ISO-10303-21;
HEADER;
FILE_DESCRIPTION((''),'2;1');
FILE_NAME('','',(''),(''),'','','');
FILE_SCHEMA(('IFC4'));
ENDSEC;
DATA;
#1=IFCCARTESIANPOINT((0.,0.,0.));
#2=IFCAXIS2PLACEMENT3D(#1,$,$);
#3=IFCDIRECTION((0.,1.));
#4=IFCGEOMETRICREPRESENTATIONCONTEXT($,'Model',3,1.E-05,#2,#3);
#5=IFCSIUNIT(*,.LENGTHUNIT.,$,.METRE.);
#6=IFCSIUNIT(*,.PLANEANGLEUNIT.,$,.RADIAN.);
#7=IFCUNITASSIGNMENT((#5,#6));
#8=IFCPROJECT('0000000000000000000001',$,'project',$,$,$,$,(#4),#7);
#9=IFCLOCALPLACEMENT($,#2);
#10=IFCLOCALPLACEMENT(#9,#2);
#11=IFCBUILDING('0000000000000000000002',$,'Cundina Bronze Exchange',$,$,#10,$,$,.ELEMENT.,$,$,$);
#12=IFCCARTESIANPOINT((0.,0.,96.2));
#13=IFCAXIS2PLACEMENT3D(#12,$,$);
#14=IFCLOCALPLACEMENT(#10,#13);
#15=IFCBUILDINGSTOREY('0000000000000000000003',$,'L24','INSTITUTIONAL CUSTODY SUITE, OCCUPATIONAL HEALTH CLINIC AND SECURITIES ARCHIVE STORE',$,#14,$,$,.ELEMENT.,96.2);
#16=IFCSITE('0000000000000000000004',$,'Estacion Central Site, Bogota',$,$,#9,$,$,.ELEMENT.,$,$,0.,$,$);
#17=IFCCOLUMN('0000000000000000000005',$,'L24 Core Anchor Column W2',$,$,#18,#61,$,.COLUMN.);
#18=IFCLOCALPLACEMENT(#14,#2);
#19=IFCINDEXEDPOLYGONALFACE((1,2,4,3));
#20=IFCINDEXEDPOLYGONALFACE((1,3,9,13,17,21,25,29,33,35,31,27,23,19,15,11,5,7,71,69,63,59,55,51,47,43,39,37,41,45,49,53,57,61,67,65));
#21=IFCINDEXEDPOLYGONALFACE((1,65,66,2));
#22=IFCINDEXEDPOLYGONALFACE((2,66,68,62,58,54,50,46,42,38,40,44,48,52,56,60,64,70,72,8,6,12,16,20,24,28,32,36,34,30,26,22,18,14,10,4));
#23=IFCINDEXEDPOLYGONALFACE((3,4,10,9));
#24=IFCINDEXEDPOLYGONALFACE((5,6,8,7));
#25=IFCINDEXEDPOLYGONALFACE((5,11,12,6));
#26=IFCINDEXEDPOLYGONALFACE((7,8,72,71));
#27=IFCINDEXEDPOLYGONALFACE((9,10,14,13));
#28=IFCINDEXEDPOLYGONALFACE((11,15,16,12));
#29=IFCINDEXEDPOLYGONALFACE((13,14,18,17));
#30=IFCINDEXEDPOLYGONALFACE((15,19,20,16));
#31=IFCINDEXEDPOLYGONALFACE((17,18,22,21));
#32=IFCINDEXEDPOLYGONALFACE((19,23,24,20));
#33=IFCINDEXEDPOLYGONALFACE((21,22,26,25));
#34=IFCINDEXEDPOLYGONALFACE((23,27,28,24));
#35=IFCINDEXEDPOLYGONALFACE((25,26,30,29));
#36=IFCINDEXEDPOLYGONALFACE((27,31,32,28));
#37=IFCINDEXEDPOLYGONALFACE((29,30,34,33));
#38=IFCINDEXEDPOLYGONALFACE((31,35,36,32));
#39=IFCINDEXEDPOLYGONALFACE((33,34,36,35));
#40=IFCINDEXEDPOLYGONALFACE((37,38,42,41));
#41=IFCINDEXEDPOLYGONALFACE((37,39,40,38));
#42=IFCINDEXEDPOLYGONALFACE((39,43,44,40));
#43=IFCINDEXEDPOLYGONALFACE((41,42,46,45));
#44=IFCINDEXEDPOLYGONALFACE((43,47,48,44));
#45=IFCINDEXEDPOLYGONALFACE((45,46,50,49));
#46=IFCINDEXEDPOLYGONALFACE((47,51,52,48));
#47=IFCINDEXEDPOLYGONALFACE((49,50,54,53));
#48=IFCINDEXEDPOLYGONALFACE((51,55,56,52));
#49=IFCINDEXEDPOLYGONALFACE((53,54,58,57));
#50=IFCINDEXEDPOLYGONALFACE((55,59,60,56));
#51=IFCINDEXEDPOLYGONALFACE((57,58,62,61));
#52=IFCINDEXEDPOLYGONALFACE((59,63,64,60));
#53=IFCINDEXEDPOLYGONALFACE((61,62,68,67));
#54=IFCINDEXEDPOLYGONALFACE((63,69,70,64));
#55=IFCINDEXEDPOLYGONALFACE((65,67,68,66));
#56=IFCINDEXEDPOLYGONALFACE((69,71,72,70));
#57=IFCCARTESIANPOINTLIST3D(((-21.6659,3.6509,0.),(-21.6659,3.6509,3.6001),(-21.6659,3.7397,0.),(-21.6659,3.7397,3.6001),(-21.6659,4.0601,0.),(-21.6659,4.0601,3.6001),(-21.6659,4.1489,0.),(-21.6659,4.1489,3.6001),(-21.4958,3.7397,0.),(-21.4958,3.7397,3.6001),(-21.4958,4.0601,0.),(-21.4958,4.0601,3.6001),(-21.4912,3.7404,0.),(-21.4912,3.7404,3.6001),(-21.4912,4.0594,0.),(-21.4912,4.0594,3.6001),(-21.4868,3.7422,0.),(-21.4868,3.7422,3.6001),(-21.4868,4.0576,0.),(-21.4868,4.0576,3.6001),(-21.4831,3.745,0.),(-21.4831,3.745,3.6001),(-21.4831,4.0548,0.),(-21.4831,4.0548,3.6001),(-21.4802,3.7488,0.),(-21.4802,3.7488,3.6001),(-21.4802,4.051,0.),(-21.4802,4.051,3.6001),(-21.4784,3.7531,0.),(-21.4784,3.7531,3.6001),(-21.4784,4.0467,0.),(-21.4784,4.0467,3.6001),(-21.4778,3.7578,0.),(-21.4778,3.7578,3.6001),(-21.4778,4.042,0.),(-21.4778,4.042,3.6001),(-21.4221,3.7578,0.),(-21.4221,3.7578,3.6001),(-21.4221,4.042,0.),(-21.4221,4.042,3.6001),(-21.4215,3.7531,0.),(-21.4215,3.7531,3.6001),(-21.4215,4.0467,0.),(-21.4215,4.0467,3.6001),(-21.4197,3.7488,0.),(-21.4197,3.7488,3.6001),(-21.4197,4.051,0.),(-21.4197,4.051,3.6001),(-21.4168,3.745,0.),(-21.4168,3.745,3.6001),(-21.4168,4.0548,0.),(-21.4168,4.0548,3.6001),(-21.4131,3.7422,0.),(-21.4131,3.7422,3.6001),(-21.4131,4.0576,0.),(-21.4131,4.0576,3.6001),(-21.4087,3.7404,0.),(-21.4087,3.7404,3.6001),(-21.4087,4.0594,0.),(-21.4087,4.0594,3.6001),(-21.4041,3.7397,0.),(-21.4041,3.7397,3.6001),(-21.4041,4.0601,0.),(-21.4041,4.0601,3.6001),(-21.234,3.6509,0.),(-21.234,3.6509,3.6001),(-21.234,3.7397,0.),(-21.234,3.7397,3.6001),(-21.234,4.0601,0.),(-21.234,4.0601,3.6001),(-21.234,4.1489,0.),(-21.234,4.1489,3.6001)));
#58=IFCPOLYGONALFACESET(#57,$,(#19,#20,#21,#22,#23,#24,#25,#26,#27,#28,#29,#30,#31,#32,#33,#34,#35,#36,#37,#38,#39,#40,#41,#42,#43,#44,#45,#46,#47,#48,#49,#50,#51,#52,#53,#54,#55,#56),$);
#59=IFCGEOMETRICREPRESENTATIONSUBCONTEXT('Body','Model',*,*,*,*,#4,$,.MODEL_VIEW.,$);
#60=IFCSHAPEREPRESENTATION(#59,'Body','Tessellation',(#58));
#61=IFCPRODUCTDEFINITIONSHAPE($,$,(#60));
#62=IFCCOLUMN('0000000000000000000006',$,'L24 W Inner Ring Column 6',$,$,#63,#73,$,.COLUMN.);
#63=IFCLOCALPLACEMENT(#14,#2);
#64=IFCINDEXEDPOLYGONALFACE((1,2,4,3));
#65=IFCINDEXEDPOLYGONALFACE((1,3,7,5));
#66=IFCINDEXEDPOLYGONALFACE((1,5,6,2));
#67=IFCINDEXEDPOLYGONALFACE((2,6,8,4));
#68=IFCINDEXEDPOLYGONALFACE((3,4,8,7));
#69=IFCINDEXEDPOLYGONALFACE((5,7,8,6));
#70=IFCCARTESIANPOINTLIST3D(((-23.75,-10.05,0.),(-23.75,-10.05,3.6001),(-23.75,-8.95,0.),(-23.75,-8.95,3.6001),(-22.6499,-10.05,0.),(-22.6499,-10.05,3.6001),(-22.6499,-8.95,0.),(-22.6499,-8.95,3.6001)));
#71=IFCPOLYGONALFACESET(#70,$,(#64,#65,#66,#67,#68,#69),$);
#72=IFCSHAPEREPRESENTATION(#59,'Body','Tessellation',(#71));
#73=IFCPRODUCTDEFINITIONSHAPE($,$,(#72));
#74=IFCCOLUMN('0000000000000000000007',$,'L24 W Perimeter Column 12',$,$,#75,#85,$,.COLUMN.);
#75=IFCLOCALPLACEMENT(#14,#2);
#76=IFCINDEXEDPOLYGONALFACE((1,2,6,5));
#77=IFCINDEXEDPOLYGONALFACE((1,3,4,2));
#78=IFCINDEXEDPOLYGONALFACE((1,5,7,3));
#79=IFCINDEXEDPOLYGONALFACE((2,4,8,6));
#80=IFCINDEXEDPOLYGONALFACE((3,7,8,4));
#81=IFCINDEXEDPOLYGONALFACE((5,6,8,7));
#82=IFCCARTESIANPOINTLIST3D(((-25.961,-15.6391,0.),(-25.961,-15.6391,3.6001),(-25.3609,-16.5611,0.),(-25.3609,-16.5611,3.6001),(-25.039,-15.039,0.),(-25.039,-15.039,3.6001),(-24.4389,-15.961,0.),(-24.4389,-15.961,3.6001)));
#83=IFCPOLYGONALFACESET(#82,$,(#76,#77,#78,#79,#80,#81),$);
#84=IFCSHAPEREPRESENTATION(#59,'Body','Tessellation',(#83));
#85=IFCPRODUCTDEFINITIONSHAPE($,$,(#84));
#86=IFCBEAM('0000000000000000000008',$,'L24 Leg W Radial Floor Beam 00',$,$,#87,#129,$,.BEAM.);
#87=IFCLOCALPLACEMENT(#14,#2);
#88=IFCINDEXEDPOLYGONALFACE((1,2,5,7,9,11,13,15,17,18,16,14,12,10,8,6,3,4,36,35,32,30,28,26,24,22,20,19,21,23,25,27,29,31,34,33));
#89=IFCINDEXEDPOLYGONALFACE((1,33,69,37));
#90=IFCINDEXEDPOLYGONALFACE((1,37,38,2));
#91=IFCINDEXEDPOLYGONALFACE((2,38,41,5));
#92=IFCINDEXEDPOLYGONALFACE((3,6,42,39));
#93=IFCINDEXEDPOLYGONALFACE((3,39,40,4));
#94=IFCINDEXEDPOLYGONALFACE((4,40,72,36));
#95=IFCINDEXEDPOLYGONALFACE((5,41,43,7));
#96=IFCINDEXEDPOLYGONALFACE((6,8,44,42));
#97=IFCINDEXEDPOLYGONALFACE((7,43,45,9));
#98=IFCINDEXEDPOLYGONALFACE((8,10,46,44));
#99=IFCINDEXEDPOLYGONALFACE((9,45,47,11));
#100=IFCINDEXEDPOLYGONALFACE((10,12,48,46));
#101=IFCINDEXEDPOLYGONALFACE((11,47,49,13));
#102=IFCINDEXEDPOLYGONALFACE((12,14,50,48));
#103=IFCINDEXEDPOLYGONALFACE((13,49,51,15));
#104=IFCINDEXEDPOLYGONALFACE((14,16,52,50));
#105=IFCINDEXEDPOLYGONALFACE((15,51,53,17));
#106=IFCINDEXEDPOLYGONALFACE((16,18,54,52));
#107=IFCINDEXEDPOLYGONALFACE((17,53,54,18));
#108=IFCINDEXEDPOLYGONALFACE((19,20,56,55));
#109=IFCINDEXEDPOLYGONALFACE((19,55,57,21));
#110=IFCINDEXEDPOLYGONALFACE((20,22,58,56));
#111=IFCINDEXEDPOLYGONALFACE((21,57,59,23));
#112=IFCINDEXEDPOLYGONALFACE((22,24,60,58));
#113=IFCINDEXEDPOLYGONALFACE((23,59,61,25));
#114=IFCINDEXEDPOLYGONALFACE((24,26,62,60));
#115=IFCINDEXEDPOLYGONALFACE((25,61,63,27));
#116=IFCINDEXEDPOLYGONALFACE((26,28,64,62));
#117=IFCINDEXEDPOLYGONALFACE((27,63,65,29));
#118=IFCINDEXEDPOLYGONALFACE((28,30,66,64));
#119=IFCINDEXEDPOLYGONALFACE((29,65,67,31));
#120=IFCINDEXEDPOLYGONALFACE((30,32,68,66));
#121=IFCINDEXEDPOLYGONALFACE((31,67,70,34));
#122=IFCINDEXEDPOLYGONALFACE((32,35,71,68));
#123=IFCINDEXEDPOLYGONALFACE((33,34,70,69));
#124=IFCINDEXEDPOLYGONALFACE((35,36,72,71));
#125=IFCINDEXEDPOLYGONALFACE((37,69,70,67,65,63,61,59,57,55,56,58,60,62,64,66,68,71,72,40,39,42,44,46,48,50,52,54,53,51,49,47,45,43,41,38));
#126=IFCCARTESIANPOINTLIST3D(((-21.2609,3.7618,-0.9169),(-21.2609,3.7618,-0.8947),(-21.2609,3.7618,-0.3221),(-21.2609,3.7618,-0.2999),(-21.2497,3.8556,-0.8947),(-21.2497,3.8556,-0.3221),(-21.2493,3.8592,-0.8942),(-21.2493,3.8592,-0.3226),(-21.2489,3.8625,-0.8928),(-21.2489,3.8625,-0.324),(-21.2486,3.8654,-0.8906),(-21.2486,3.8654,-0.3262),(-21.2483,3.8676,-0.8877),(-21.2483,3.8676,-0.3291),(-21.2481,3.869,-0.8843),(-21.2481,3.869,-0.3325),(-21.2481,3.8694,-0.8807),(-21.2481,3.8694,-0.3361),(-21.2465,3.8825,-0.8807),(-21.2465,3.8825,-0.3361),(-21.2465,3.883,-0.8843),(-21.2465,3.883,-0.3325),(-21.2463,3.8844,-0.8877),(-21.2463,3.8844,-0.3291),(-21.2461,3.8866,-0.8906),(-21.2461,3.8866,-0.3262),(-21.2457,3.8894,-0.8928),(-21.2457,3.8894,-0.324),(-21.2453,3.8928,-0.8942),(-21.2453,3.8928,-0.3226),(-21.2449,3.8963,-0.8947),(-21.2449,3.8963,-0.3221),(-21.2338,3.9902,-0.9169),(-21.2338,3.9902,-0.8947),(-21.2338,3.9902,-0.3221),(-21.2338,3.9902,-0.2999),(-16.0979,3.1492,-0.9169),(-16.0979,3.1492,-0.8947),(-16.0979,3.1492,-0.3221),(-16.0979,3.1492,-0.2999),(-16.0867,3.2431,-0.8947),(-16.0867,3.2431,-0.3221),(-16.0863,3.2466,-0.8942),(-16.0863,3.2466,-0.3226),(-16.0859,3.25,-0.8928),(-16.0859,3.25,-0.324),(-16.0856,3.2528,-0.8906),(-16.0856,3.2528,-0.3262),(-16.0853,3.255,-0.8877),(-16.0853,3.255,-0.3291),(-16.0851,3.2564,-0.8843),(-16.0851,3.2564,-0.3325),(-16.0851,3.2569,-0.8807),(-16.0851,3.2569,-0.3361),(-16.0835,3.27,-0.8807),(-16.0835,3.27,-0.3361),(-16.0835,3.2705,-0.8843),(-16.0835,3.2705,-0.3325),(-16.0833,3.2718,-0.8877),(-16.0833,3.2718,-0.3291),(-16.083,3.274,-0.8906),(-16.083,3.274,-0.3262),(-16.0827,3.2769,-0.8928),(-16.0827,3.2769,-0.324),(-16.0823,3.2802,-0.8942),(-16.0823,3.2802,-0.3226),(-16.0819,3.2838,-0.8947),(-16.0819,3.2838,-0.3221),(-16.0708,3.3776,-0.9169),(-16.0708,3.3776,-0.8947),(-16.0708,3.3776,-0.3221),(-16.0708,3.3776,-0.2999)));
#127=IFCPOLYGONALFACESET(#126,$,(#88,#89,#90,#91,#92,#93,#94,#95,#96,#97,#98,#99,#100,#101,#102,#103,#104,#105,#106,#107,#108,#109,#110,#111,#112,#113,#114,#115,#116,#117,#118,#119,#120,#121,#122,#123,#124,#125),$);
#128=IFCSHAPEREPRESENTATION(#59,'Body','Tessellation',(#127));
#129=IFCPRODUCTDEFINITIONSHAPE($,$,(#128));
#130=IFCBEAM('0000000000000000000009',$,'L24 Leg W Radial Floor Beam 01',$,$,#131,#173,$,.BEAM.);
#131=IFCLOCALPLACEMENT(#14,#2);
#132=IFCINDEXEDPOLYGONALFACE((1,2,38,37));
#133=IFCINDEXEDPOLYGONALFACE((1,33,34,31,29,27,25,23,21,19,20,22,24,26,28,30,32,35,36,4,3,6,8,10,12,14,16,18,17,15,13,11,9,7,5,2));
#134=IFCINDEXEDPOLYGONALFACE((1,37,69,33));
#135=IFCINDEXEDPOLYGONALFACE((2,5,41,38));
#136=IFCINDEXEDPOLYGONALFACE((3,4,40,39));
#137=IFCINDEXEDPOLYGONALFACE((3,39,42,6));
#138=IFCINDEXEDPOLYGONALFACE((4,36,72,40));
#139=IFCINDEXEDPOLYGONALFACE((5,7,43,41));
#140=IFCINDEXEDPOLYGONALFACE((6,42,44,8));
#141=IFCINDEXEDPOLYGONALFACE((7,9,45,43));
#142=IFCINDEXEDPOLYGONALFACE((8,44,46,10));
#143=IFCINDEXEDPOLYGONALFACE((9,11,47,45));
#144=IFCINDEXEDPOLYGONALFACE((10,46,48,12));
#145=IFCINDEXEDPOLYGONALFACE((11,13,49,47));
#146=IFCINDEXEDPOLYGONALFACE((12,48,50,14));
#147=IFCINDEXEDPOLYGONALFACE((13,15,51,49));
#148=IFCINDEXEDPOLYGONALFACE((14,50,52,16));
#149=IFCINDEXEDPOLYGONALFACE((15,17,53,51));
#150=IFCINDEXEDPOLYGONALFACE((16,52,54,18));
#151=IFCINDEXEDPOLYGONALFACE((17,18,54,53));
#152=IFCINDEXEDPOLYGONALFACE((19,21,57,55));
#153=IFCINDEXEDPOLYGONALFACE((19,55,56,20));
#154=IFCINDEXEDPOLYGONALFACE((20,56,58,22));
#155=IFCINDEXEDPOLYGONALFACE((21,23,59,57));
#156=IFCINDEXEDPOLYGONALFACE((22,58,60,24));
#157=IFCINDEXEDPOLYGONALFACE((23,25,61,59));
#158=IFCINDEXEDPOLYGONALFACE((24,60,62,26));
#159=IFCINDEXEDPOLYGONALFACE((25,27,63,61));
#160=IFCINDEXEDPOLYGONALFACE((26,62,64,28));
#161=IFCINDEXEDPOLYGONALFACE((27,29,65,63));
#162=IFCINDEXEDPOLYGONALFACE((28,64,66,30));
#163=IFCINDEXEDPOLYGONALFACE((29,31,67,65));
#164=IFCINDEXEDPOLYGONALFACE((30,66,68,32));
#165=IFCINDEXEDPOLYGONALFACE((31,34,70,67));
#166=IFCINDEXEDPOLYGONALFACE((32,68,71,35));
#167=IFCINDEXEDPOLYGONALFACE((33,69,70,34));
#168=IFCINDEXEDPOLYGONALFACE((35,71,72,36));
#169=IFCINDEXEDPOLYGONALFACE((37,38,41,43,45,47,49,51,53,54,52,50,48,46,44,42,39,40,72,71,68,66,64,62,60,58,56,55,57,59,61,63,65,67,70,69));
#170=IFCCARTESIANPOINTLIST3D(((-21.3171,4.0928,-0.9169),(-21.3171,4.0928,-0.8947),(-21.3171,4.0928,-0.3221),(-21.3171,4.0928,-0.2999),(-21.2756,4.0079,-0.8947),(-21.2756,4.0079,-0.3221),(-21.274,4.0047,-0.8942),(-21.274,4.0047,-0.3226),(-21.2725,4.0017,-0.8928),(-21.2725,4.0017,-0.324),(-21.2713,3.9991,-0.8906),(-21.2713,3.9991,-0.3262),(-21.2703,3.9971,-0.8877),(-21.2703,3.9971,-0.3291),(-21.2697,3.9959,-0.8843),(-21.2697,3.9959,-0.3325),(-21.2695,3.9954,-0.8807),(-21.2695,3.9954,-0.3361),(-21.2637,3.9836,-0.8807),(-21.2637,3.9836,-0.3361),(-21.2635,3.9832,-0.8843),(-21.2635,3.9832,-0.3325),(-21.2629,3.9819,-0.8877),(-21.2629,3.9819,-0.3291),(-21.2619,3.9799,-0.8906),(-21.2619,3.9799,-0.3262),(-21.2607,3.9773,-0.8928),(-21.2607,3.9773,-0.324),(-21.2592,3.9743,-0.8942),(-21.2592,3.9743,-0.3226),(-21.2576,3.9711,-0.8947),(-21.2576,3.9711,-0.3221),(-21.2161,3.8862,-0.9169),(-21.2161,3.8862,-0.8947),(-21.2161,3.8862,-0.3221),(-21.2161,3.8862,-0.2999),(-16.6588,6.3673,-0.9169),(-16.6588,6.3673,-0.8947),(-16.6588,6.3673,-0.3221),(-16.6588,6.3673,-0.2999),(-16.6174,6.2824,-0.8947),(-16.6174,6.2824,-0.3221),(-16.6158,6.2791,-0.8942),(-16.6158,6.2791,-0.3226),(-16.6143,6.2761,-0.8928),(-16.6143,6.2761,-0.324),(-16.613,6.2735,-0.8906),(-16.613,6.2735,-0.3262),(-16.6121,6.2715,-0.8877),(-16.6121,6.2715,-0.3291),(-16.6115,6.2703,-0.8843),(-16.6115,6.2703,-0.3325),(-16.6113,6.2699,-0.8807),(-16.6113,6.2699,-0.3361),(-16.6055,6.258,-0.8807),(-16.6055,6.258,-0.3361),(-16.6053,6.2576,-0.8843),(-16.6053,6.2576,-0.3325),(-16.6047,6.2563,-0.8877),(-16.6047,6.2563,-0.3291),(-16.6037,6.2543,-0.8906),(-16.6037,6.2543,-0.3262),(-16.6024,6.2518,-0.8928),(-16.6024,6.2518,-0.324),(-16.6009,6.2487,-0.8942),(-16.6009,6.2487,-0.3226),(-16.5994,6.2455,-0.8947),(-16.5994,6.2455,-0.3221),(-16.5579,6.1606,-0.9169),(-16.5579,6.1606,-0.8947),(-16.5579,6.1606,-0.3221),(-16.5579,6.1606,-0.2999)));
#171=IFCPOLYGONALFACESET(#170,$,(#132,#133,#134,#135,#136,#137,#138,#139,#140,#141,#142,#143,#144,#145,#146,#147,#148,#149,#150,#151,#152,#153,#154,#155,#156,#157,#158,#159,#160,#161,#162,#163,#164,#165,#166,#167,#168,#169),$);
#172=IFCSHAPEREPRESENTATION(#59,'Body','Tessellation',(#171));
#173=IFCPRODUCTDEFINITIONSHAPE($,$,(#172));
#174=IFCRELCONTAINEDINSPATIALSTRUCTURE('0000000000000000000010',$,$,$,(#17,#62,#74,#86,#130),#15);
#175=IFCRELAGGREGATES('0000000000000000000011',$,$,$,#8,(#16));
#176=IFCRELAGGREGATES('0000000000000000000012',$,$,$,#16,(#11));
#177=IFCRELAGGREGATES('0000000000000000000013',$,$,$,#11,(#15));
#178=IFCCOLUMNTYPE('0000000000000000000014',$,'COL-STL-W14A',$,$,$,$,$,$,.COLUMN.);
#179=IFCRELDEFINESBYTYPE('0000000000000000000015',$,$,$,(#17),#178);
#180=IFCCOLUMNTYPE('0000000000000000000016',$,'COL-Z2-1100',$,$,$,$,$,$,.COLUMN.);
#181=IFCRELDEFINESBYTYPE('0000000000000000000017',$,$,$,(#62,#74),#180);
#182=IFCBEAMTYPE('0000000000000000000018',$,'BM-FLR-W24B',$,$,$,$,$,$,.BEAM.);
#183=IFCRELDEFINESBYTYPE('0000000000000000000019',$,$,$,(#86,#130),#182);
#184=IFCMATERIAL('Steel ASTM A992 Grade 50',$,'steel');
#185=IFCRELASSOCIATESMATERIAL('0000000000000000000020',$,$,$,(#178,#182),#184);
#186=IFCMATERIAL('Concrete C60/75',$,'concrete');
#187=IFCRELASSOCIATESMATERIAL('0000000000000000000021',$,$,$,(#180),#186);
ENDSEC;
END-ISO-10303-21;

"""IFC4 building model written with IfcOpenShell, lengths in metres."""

from ifc_helpers import new_model, si_unit, direction, frame, origin, origin_2d, place, context, subcontext, project, spatial, rectangle, i_section, extrude, material, material_profile, profile_set, type_object, element, save


model = new_model("IFC4")

# Units and contexts
model_context = context("Model", 3, precision=1e-05, world=origin(), true_north=direction((0.0, 1.0)))
body_context = subcontext(model_context, "Body", "Model", "MODEL_VIEW")
ifc_project = project(units=[si_unit("LENGTHUNIT", "METRE"), si_unit("PLANEANGLEUNIT", "RADIAN")], contexts=[model_context])

# Site, building, storey
site_placement = place(None, origin())
site = spatial("IfcSite", under=ifc_project, at=site_placement, Name="Estacion Central Site, Bogota", CompositionType="ELEMENT", RefElevation=0.0)
building_placement = place(site_placement, origin())
building = spatial("IfcBuilding", under=site, at=building_placement, Name="Cundina Bronze Exchange", CompositionType="ELEMENT")
storey_placement = place(building_placement, frame((0.0, 0.0, 96.2)))
storey = spatial("IfcBuildingStorey", under=building, at=storey_placement, Name="L24", Description="INSTITUTIONAL CUSTODY SUITE, OCCUPATIONAL HEALTH CLINIC AND SECURITIES ARCHIVE STORE", CompositionType="ELEMENT", Elevation=96.2)

# Columns
ifc_material_1 = material(Name="Steel ASTM A992 Grade 50", Category="steel")
ifc_material_profile_1 = material_profile(ifc_material_1, i_section(OverallWidth=0.4319, OverallDepth=0.498, WebThickness=0.0557, FlangeThickness=0.0889, FilletRadius=0.0181, at=origin_2d()), Name="W14X500", Category="steel")
ifc_profile_set_1 = profile_set([ifc_material_profile_1], Name="Steel ASTM A992 Grade 50")
column_type_1 = type_object("IfcColumnType", Name="COL-STL-W14A", PredefinedType="COLUMN", material=ifc_profile_set_1)
column_placement = place(storey_placement, frame((-21.45, 3.8999, 0.0), z_axis=(0.0, 0.0, 1.0), x_axis=(1.0, 0.0, 0.0)))
element("IfcColumn", 1, at=column_placement, inside=storey, type_object=column_type_1, Name="L24 Core Anchor Column W2", PredefinedType="COLUMN", context=body_context, shape_type="SweptSolid", body=[
    extrude(i_section(OverallWidth=0.4319, OverallDepth=0.498, WebThickness=0.0557, FlangeThickness=0.0889, FilletRadius=0.0181, at=origin_2d()), origin(), (0.0, 0.0, 1.0), 3.6001),
])
ifc_material_2 = material(Name="Concrete C60/75", Category="concrete")
ifc_material_profile_2 = material_profile(ifc_material_2, rectangle(XDim=1.1001, YDim=1.1001, at=origin_2d()), Name="RC1100X1100", Category="concrete")
ifc_profile_set_2 = profile_set([ifc_material_profile_2], Name="Concrete C60/75")
column_type_2 = type_object("IfcColumnType", Name="COL-Z2-1100", PredefinedType="COLUMN", material=ifc_profile_set_2)
for number, where, z_axis, x_axis, name in (
    (2, (-23.2, -9.5, 0.0), (0.0, 0.0, 1.0), (1.0, 0.0, 0.0), "L24 W Inner Ring Column 6"),
    (3, (-25.2, -15.8, 0.0), (0.0, 0.0, 1.0), (0.8381, 0.545517, 0.0), "L24 W Perimeter Column 12"),
):
    element("IfcColumn", number, at=place(storey_placement, frame(where, z_axis=z_axis, x_axis=x_axis)), inside=storey, type_object=column_type_2, Name=name, PredefinedType="COLUMN", context=body_context, shape_type="SweptSolid", body=[
        extrude(rectangle(XDim=1.1001, YDim=1.1001, at=origin_2d()), origin(), (0.0, 0.0, 1.0), 3.6001),
    ])

# Beams
ifc_material_profile_3 = material_profile(ifc_material_1, i_section(OverallWidth=0.23, OverallDepth=0.6169, WebThickness=0.0132, FlangeThickness=0.0222, FilletRadius=0.0139, at=origin_2d()), Name="W24X94", Category="steel")
ifc_profile_set_3 = profile_set([ifc_material_profile_3], Name="Steel ASTM A992 Grade 50")
beam_type_1 = type_object("IfcBeamType", Name="BM-FLR-W24B", PredefinedType="BEAM", material=ifc_profile_set_3)
beam_1_placement = place(storey_placement, frame((-21.2473, 3.876, -0.6084), z_axis=(0.993036, -0.117814, 0.0), x_axis=(0.117814, 0.993036, 0.0)))
element("IfcBeam", 4, at=beam_1_placement, inside=storey, type_object=beam_type_1, Name="L24 Leg W Radial Floor Beam 00", PredefinedType="BEAM", context=body_context, shape_type="SweptSolid", body=[
    extrude(i_section(OverallWidth=0.23, OverallDepth=0.6169, WebThickness=0.0132, FlangeThickness=0.0222, FilletRadius=0.0139, at=origin_2d()), origin(), (0.0, 0.0, 1.0), 5.1992),
])
beam_2_placement = place(storey_placement, frame((-21.2666, 3.9895, -0.6084), z_axis=(0.898607, 0.438754, 0.0), x_axis=(-0.438754, 0.898607, 0.0)))
element("IfcBeam", 5, at=beam_2_placement, inside=storey, type_object=beam_type_1, Name="L24 Leg W Radial Floor Beam 01", PredefinedType="BEAM", context=body_context, shape_type="SweptSolid", body=[
    extrude(i_section(OverallWidth=0.23, OverallDepth=0.6169, WebThickness=0.0132, FlangeThickness=0.0222, FilletRadius=0.0139, at=origin_2d()), origin(), (0.0, 0.0, 1.0), 5.1838),
])

save(model, "model.ifc")
